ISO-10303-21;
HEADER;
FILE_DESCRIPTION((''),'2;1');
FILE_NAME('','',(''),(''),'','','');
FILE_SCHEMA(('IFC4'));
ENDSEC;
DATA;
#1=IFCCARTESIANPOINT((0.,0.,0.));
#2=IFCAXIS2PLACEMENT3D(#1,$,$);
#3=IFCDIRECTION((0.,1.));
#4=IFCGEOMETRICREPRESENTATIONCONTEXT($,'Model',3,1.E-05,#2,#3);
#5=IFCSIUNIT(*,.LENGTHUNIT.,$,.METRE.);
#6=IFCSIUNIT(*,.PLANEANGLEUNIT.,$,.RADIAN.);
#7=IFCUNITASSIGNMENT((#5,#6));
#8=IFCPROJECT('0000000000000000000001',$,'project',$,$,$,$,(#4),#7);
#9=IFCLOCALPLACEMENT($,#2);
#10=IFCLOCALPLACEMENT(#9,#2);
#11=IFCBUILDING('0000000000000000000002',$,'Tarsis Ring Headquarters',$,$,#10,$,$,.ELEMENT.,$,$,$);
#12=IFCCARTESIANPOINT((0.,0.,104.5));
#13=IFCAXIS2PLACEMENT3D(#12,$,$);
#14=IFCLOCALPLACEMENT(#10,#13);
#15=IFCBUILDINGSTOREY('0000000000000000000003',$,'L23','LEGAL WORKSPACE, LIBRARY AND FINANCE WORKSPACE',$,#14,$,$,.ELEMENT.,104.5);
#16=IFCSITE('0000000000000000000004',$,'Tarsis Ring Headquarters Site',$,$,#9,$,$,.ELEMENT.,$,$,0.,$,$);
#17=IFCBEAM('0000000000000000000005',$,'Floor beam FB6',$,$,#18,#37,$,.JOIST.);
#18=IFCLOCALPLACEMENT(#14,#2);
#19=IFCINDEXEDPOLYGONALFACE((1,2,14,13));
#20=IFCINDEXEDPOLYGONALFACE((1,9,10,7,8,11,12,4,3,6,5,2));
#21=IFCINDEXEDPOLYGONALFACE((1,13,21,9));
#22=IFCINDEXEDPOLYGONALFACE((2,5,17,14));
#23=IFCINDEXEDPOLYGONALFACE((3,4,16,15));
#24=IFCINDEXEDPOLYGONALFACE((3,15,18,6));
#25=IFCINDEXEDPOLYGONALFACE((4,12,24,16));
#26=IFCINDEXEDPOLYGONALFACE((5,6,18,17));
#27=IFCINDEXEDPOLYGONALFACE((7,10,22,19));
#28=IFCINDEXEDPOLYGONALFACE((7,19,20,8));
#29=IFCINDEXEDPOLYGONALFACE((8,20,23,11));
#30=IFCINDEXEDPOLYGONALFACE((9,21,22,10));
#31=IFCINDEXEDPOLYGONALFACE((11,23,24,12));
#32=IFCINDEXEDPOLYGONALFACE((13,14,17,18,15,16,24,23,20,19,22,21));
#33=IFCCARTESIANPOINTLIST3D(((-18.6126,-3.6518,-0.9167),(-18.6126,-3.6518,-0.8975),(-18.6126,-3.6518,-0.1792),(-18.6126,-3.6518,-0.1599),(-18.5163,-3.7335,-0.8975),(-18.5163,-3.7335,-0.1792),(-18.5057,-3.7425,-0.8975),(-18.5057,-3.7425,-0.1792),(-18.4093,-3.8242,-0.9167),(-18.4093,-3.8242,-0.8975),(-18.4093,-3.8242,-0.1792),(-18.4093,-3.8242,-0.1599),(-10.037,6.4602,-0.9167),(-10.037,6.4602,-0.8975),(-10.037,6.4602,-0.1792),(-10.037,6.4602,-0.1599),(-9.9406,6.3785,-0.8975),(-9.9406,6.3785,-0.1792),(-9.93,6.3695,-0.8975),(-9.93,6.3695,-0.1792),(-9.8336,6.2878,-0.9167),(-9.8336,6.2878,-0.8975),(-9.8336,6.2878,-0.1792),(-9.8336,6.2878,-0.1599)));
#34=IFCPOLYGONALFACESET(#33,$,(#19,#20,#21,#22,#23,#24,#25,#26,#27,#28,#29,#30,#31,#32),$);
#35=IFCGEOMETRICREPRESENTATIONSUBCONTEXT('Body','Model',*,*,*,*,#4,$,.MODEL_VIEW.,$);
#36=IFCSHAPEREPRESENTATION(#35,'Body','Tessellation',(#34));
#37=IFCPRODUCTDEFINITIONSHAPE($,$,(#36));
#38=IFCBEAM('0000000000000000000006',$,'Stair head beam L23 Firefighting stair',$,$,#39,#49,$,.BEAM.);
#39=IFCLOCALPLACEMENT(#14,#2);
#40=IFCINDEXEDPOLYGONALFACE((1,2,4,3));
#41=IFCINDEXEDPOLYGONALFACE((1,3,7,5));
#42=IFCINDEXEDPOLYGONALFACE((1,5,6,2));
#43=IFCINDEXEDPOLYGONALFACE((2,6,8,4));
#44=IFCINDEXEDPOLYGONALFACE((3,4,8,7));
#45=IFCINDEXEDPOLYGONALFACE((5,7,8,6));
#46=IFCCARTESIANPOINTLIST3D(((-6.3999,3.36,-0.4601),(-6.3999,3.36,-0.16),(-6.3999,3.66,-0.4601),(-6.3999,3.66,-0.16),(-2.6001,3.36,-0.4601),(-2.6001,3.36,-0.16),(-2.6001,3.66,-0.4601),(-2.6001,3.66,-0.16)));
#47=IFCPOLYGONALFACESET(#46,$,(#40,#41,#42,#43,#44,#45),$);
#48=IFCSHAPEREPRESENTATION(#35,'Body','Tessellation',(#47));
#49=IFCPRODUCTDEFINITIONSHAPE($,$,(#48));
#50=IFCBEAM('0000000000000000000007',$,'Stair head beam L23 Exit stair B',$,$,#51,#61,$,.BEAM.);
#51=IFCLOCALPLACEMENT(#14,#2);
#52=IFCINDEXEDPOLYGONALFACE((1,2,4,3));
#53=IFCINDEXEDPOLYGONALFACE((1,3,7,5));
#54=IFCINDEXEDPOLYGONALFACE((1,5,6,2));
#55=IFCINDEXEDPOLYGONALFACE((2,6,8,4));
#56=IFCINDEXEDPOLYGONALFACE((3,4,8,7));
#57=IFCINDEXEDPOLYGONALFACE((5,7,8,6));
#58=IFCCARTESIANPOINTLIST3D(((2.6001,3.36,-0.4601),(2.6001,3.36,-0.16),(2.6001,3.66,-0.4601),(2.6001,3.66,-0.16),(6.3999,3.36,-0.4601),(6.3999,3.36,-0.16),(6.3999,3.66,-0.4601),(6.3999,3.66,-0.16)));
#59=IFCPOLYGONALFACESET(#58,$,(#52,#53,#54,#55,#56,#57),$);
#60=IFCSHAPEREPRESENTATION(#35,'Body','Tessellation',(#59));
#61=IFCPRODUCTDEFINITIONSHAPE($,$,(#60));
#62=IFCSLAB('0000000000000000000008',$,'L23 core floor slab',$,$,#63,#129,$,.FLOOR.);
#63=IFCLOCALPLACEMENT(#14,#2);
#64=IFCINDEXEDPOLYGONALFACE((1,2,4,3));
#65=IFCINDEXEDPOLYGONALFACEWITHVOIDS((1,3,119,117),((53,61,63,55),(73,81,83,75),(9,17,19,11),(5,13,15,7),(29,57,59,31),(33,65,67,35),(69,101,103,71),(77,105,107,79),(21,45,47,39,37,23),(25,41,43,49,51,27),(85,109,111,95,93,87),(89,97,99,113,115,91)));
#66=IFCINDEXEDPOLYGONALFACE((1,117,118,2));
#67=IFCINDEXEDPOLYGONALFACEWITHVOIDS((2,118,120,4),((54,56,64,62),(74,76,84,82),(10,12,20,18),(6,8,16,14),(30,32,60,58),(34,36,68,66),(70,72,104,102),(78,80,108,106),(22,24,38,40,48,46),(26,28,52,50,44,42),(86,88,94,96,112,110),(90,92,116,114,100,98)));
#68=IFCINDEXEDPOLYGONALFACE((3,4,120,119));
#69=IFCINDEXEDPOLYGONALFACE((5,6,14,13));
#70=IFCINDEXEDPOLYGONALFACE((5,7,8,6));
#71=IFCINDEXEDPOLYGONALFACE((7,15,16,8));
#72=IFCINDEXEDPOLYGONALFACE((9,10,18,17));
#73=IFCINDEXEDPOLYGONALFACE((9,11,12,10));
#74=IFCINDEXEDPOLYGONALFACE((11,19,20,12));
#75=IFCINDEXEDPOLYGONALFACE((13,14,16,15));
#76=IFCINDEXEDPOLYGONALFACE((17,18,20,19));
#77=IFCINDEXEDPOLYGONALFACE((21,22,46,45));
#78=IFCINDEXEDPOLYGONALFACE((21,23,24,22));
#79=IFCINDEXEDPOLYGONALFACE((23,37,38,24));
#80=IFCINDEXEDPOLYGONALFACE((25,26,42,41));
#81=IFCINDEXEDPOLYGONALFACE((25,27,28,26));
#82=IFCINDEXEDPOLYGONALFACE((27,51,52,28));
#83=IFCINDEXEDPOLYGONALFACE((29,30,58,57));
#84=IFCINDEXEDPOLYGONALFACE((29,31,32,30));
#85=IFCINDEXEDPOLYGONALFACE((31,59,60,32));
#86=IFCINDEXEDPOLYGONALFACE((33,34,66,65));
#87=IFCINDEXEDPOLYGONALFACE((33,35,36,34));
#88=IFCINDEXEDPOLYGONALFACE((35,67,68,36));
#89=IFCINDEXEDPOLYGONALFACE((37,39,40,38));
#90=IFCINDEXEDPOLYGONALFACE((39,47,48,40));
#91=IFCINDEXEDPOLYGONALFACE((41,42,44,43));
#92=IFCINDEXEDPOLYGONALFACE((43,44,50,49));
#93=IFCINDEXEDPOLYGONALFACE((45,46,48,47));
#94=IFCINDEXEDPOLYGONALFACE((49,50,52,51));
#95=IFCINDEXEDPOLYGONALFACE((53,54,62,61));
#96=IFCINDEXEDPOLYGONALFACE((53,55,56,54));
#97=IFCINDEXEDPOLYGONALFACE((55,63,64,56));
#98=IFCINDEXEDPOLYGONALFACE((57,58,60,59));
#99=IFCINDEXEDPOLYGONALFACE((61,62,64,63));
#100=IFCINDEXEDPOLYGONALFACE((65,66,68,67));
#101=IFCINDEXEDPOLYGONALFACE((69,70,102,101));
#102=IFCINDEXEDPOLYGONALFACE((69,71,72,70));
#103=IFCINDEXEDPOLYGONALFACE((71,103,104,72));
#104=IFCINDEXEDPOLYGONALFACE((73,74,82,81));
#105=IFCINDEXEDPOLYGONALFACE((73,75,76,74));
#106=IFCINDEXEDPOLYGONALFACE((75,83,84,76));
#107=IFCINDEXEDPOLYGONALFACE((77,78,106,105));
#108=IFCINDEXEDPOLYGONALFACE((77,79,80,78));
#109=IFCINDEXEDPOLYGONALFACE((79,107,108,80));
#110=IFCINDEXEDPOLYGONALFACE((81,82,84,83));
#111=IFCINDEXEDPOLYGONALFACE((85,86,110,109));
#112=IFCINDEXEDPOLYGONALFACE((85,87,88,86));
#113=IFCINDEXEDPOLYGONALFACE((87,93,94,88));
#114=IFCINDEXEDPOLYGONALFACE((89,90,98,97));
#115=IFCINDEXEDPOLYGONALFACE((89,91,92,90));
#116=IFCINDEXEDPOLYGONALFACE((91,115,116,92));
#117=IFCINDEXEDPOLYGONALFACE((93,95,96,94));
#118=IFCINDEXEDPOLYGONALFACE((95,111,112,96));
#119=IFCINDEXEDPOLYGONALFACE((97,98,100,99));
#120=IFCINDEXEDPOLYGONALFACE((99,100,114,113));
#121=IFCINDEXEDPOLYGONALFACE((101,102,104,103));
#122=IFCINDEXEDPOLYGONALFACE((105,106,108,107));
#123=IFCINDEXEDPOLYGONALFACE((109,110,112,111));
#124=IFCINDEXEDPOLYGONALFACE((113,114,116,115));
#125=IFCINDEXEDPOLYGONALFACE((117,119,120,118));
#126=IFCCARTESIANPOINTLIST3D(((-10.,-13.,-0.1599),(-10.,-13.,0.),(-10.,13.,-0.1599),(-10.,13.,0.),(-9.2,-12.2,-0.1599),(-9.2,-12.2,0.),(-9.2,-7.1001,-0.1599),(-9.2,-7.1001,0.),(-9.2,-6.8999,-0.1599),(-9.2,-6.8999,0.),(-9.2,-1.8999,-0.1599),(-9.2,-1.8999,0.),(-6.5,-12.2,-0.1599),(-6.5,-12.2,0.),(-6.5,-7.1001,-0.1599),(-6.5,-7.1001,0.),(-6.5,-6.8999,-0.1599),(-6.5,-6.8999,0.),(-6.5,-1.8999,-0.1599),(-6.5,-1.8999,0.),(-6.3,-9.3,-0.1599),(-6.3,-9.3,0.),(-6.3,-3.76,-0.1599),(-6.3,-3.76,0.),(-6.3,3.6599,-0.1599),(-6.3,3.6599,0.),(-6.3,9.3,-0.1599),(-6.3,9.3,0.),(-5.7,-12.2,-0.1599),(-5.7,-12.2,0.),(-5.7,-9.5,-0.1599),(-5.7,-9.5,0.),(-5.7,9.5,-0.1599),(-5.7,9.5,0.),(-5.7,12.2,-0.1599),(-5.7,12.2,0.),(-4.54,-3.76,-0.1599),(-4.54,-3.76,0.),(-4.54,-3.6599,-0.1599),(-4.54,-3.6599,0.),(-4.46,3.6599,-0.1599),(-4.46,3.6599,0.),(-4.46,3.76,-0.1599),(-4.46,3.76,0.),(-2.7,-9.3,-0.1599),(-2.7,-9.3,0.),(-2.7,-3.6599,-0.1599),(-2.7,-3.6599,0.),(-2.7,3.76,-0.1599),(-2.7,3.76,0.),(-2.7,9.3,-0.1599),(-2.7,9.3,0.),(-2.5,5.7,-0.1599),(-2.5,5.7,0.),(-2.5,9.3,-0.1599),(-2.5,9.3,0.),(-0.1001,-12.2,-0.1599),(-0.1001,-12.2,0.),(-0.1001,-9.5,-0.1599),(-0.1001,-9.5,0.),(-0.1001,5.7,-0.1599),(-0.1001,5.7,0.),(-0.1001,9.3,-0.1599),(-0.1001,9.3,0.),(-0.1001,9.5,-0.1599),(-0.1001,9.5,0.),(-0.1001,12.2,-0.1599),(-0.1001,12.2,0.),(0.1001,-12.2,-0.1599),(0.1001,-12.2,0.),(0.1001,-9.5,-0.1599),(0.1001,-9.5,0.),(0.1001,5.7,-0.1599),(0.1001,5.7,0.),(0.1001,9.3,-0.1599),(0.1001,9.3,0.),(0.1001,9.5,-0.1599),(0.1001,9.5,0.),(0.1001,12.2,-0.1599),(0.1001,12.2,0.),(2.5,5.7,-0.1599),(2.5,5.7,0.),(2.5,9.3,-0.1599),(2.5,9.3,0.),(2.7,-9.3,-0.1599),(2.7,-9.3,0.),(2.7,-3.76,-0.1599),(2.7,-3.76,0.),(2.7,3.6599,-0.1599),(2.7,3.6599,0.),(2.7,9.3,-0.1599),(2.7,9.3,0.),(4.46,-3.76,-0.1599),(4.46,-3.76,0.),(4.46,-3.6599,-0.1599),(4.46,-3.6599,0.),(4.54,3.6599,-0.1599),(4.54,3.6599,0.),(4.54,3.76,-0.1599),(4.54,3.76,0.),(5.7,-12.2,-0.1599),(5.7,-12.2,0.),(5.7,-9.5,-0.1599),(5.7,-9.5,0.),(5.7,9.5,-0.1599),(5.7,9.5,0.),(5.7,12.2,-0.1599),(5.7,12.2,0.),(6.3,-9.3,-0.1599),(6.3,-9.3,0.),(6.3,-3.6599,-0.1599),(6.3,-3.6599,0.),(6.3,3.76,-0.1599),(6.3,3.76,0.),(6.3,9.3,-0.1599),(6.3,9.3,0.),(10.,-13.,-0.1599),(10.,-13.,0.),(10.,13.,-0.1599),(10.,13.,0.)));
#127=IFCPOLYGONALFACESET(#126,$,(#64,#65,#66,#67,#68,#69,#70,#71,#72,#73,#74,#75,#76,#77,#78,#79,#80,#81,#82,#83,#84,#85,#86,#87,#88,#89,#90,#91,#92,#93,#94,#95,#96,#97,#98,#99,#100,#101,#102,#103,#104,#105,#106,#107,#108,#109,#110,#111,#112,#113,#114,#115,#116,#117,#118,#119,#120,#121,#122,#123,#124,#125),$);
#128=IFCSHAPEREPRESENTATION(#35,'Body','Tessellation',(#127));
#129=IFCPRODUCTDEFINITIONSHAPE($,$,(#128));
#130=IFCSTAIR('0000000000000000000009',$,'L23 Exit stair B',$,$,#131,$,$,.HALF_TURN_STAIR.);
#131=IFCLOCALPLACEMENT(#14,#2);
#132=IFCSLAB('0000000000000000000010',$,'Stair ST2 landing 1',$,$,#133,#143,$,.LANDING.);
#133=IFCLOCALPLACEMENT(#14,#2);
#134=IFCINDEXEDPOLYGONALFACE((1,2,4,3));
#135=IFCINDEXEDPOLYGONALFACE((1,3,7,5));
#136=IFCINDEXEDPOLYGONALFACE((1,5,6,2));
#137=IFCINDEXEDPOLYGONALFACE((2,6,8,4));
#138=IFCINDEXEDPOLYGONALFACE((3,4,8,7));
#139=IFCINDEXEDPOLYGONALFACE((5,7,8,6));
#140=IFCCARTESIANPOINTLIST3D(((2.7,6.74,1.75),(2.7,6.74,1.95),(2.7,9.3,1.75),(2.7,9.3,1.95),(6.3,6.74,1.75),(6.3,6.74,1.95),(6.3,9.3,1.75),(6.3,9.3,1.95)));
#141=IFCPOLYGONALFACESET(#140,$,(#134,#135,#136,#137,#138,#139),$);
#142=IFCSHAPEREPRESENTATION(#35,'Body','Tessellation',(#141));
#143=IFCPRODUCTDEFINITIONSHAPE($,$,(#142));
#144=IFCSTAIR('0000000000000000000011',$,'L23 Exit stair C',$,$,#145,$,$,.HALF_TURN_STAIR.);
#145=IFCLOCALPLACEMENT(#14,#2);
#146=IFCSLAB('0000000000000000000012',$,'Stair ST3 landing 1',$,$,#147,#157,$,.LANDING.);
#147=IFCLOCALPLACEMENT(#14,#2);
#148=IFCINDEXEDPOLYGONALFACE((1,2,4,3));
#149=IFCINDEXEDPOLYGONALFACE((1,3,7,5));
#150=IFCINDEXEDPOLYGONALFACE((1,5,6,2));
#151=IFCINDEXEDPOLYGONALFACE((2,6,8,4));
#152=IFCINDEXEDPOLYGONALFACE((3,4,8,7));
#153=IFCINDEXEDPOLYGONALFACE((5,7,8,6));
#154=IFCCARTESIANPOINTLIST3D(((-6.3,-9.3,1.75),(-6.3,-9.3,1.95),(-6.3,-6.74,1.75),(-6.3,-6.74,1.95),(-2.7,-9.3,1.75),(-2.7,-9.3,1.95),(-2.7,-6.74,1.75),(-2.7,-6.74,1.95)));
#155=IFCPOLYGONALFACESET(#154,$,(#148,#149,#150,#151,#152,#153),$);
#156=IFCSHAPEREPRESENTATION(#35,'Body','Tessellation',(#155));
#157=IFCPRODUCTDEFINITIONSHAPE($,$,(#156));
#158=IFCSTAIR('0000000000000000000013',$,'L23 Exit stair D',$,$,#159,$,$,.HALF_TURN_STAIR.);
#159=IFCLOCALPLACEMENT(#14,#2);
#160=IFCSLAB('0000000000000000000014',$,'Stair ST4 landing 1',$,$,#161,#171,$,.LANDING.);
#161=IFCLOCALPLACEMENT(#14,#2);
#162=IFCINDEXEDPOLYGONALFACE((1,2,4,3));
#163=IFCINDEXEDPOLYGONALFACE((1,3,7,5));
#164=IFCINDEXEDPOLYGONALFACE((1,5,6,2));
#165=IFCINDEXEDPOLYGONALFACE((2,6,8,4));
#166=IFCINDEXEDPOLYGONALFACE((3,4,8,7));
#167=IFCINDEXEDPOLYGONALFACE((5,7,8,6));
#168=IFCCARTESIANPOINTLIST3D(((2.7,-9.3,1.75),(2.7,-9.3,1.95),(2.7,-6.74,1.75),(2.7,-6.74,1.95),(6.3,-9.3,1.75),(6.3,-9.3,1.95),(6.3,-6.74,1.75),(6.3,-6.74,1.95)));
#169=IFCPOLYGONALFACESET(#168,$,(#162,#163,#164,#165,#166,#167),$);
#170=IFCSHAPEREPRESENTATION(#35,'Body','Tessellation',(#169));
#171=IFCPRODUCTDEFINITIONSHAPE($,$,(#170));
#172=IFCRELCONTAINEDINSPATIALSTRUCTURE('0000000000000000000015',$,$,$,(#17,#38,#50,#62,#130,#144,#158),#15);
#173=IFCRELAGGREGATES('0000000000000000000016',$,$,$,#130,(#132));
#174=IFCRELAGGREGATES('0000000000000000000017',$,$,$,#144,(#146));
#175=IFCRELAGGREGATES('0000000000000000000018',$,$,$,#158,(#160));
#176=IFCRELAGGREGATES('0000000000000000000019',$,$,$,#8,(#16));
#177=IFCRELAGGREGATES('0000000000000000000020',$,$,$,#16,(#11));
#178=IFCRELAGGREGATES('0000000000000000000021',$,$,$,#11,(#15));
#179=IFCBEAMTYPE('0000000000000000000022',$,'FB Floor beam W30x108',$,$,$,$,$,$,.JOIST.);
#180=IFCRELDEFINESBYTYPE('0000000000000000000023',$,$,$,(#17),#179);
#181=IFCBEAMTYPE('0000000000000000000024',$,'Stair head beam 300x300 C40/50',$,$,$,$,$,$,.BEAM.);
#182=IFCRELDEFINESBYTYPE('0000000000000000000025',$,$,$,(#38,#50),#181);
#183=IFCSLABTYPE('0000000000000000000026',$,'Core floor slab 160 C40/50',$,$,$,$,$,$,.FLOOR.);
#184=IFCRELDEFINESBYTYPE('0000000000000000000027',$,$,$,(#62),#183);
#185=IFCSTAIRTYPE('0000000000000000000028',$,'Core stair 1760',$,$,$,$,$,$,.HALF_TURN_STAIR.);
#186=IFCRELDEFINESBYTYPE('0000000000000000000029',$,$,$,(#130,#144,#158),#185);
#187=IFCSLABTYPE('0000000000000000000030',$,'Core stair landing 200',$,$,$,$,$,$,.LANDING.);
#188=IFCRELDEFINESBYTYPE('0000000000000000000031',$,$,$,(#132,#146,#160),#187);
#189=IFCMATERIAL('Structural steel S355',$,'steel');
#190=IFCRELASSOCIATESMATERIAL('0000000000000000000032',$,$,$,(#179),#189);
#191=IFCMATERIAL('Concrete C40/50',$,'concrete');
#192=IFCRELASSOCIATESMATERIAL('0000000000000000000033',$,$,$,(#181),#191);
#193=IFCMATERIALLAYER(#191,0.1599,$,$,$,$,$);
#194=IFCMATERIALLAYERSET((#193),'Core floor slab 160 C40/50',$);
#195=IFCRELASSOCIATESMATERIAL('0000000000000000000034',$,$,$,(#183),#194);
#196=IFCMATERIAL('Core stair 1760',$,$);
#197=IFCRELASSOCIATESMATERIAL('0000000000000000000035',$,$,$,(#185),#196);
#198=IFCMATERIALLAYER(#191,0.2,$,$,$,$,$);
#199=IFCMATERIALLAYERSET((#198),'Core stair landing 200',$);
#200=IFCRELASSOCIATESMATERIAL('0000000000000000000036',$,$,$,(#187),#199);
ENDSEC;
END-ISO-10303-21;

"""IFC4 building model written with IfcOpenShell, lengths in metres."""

from ifc_helpers import new_model, si_unit, direction, frame, origin, origin_2d, place, context, subcontext, project, spatial, polyline, rectangle, i_section, outline, extrude, material, layer, layer_set, material_profile, profile_set, type_object, element, aggregate, save


model = new_model("IFC4")

# Units and contexts
model_context = context("Model", 3, precision=1e-05, world=origin(), true_north=direction((0.0, 1.0)))
body_context = subcontext(model_context, "Body", "Model", "MODEL_VIEW")
ifc_project = project(units=[si_unit("LENGTHUNIT", "METRE"), si_unit("PLANEANGLEUNIT", "RADIAN")], contexts=[model_context])

# Site, building, storey
site_placement = place(None, origin())
site = spatial("IfcSite", under=ifc_project, at=site_placement, Name="Tarsis Ring Headquarters Site", CompositionType="ELEMENT", RefElevation=0.0)
building_placement = place(site_placement, origin())
building = spatial("IfcBuilding", under=site, at=building_placement, Name="Tarsis Ring Headquarters", CompositionType="ELEMENT")
storey_placement = place(building_placement, frame((0.0, 0.0, 104.5)))
storey = spatial("IfcBuildingStorey", under=building, at=storey_placement, Name="L23", Description="LEGAL WORKSPACE, LIBRARY AND FINANCE WORKSPACE", CompositionType="ELEMENT", Elevation=104.5)

# Beams
ifc_material_1 = material(Name="Structural steel S355", Category="steel")
ifc_material_profile_1 = material_profile(ifc_material_1, i_section(OverallWidth=0.2666, OverallDepth=0.7568, WebThickness=0.0139, FlangeThickness=0.0193, at=origin_2d()), Name="W30x108")
ifc_profile_set_1 = profile_set([ifc_material_profile_1], Name="Structural steel S355")
beam_type_1 = type_object("IfcBeamType", Name="FB Floor beam W30x108", PredefinedType="JOIST", material=ifc_profile_set_1)
beam_placement = place(storey_placement, frame((-9.9353, 6.374, -0.5383), z_axis=(-0.646791, -0.762667, 0.0), x_axis=(0.762667, -0.646791, 0.0)))
element("IfcBeam", 1, at=beam_placement, inside=storey, type_object=beam_type_1, Name="Floor beam FB6", PredefinedType="JOIST", context=body_context, shape_type="SweptSolid", body=[
    extrude(i_section(OverallWidth=0.2666, OverallDepth=0.7568, WebThickness=0.0139, FlangeThickness=0.0193, at=origin_2d()), origin(), (0.0, 0.0, 1.0), 13.2588),
])
ifc_material_2 = material(Name="Concrete C40/50", Category="concrete")
ifc_material_profile_2 = material_profile(ifc_material_2, rectangle(XDim=0.3, YDim=0.3, at=origin_2d()), Name="Stair head beam 300x300 C40/50")
ifc_profile_set_2 = profile_set([ifc_material_profile_2], Name="Concrete C40/50")
beam_type_2 = type_object("IfcBeamType", Name="Stair head beam 300x300 C40/50", PredefinedType="BEAM", material=ifc_profile_set_2)
for number, where, z_axis, x_axis, name in (
    (2, (-6.3999, 3.51, -0.3101), (1.0, 0.0, 0.0), (0.0, 1.0, 0.0), "Stair head beam L23 Firefighting stair"),
    (3, (2.6001, 3.51, -0.3101), (1.0, 0.0, 0.0), (0.0, 1.0, 0.0), "Stair head beam L23 Exit stair B"),
):
    element("IfcBeam", number, at=place(storey_placement, frame(where, z_axis=z_axis, x_axis=x_axis)), inside=storey, type_object=beam_type_2, Name=name, PredefinedType="BEAM", context=body_context, shape_type="SweptSolid", body=[
        extrude(rectangle(XDim=0.3, YDim=0.3, at=origin_2d()), origin(), (0.0, 0.0, 1.0), 3.7998),
    ])

# Slab
ifc_layer_1 = layer(ifc_material_2, 0.1599)
ifc_layer_set_1 = layer_set([ifc_layer_1], Name="Core floor slab 160 C40/50")
slab_type_1 = type_object("IfcSlabType", Name="Core floor slab 160 C40/50", PredefinedType="FLOOR", material=ifc_layer_set_1)
slab_1_placement = place(storey_placement, frame((0.0, 0.0, -0.1599)))
element("IfcSlab", 4, at=slab_1_placement, inside=storey, type_object=slab_type_1, Name="L23 core floor slab", PredefinedType="FLOOR", context=body_context, shape_type="SweptSolid", body=[
    extrude(outline(polyline([(-10.0, -13.0), (10.0, -13.0), (10.0, 13.0), (-10.0, 13.0), (-10.0, -13.0)]), holes=[polyline([(-2.5, 5.7), (-0.1001, 5.7), (-0.1001, 9.3), (-2.5, 9.3), (-2.5, 5.7)]), polyline([(0.1001, 5.7), (2.5, 5.7), (2.5, 9.3), (0.1001, 9.3), (0.1001, 5.7)]), polyline([(-9.2, -12.2), (-6.5, -12.2), (-6.5, -7.1001), (-9.2, -7.1001), (-9.2, -12.2)]), polyline([(-9.2, -6.8999), (-6.5, -6.8999), (-6.5, -1.8999), (-9.2, -1.8999), (-9.2, -6.8999)]), polyline([(-5.7, 9.5), (-0.1001, 9.5), (-0.1001, 12.2), (-5.7, 12.2), (-5.7, 9.5)]), polyline([(0.1001, 9.5), (5.7, 9.5), (5.7, 12.2), (0.1001, 12.2), (0.1001, 9.5)]), polyline([(-5.7, -12.2), (-0.1001, -12.2), (-0.1001, -9.5), (-5.7, -9.5), (-5.7, -12.2)]), polyline([(0.1001, -12.2), (5.7, -12.2), (5.7, -9.5), (0.1001, -9.5), (0.1001, -12.2)]), polyline([(-2.7, 3.76), (-2.7, 9.3), (-6.3, 9.3), (-6.3, 3.6599), (-4.46, 3.6599), (-4.46, 3.76), (-2.7, 3.76)]), polyline([(6.3, 3.76), (6.3, 9.3), (2.7, 9.3), (2.7, 3.6599), (4.54, 3.6599), (4.54, 3.76), (6.3, 3.76)]), polyline([(-6.3, -3.76), (-6.3, -9.3), (-2.7, -9.3), (-2.7, -3.6599), (-4.54, -3.6599), (-4.54, -3.76), (-6.3, -3.76)]), polyline([(2.7, -3.76), (2.7, -9.3), (6.3, -9.3), (6.3, -3.6599), (4.46, -3.6599), (4.46, -3.76), (2.7, -3.76)])]), origin(), (0.0, 0.0, 1.0), 0.1599),
])

# Stairs, slabs
ifc_material_3 = material(Name="Core stair 1760")
stair_type = type_object("IfcStairType", Name="Core stair 1760", PredefinedType="HALF_TURN_STAIR", material=ifc_material_3)
stair_1_placement = place(storey_placement, origin())
stair_1 = element("IfcStair", 5, at=stair_1_placement, inside=storey, type_object=stair_type, Name="L23 Exit stair B", PredefinedType="HALF_TURN_STAIR")
ifc_layer_2 = layer(ifc_material_2, 0.2)
ifc_layer_set_2 = layer_set([ifc_layer_2], Name="Core stair landing 200")
slab_type_2 = type_object("IfcSlabType", Name="Core stair landing 200", PredefinedType="LANDING", material=ifc_layer_set_2)
slab_2_placement = place(storey_placement, frame((0.0, 0.0, 1.75)))
slab_2 = element("IfcSlab", 6, at=slab_2_placement, type_object=slab_type_2, Name="Stair ST2 landing 1", PredefinedType="LANDING", context=body_context, shape_type="SweptSolid", body=[
    extrude(outline(polyline([(6.3, 6.74), (6.3, 9.3), (2.7, 9.3), (2.7, 6.74), (6.3, 6.74)])), origin(), (0.0, 0.0, 1.0), 0.2),
])
aggregate(stair_1, [slab_2])
stair_2_placement = place(storey_placement, origin())
stair_2 = element("IfcStair", 7, at=stair_2_placement, inside=storey, type_object=stair_type, Name="L23 Exit stair C", PredefinedType="HALF_TURN_STAIR")
slab_3_placement = place(storey_placement, frame((0.0, 0.0, 1.75)))
slab_3 = element("IfcSlab", 8, at=slab_3_placement, type_object=slab_type_2, Name="Stair ST3 landing 1", PredefinedType="LANDING", context=body_context, shape_type="SweptSolid", body=[
    extrude(outline(polyline([(-6.3, -6.74), (-6.3, -9.3), (-2.7, -9.3), (-2.7, -6.74), (-6.3, -6.74)])), origin(), (0.0, 0.0, 1.0), 0.2),
])
aggregate(stair_2, [slab_3])
stair_3_placement = place(storey_placement, origin())
stair_3 = element("IfcStair", 9, at=stair_3_placement, inside=storey, type_object=stair_type, Name="L23 Exit stair D", PredefinedType="HALF_TURN_STAIR")
slab_4_placement = place(storey_placement, frame((0.0, 0.0, 1.75)))
slab_4 = element("IfcSlab", 10, at=slab_4_placement, type_object=slab_type_2, Name="Stair ST4 landing 1", PredefinedType="LANDING", context=body_context, shape_type="SweptSolid", body=[
    extrude(outline(polyline([(2.7, -6.74), (2.7, -9.3), (6.3, -9.3), (6.3, -6.74), (2.7, -6.74)])), origin(), (0.0, 0.0, 1.0), 0.2),
])
aggregate(stair_3, [slab_4])

save(model, "model.ifc")
